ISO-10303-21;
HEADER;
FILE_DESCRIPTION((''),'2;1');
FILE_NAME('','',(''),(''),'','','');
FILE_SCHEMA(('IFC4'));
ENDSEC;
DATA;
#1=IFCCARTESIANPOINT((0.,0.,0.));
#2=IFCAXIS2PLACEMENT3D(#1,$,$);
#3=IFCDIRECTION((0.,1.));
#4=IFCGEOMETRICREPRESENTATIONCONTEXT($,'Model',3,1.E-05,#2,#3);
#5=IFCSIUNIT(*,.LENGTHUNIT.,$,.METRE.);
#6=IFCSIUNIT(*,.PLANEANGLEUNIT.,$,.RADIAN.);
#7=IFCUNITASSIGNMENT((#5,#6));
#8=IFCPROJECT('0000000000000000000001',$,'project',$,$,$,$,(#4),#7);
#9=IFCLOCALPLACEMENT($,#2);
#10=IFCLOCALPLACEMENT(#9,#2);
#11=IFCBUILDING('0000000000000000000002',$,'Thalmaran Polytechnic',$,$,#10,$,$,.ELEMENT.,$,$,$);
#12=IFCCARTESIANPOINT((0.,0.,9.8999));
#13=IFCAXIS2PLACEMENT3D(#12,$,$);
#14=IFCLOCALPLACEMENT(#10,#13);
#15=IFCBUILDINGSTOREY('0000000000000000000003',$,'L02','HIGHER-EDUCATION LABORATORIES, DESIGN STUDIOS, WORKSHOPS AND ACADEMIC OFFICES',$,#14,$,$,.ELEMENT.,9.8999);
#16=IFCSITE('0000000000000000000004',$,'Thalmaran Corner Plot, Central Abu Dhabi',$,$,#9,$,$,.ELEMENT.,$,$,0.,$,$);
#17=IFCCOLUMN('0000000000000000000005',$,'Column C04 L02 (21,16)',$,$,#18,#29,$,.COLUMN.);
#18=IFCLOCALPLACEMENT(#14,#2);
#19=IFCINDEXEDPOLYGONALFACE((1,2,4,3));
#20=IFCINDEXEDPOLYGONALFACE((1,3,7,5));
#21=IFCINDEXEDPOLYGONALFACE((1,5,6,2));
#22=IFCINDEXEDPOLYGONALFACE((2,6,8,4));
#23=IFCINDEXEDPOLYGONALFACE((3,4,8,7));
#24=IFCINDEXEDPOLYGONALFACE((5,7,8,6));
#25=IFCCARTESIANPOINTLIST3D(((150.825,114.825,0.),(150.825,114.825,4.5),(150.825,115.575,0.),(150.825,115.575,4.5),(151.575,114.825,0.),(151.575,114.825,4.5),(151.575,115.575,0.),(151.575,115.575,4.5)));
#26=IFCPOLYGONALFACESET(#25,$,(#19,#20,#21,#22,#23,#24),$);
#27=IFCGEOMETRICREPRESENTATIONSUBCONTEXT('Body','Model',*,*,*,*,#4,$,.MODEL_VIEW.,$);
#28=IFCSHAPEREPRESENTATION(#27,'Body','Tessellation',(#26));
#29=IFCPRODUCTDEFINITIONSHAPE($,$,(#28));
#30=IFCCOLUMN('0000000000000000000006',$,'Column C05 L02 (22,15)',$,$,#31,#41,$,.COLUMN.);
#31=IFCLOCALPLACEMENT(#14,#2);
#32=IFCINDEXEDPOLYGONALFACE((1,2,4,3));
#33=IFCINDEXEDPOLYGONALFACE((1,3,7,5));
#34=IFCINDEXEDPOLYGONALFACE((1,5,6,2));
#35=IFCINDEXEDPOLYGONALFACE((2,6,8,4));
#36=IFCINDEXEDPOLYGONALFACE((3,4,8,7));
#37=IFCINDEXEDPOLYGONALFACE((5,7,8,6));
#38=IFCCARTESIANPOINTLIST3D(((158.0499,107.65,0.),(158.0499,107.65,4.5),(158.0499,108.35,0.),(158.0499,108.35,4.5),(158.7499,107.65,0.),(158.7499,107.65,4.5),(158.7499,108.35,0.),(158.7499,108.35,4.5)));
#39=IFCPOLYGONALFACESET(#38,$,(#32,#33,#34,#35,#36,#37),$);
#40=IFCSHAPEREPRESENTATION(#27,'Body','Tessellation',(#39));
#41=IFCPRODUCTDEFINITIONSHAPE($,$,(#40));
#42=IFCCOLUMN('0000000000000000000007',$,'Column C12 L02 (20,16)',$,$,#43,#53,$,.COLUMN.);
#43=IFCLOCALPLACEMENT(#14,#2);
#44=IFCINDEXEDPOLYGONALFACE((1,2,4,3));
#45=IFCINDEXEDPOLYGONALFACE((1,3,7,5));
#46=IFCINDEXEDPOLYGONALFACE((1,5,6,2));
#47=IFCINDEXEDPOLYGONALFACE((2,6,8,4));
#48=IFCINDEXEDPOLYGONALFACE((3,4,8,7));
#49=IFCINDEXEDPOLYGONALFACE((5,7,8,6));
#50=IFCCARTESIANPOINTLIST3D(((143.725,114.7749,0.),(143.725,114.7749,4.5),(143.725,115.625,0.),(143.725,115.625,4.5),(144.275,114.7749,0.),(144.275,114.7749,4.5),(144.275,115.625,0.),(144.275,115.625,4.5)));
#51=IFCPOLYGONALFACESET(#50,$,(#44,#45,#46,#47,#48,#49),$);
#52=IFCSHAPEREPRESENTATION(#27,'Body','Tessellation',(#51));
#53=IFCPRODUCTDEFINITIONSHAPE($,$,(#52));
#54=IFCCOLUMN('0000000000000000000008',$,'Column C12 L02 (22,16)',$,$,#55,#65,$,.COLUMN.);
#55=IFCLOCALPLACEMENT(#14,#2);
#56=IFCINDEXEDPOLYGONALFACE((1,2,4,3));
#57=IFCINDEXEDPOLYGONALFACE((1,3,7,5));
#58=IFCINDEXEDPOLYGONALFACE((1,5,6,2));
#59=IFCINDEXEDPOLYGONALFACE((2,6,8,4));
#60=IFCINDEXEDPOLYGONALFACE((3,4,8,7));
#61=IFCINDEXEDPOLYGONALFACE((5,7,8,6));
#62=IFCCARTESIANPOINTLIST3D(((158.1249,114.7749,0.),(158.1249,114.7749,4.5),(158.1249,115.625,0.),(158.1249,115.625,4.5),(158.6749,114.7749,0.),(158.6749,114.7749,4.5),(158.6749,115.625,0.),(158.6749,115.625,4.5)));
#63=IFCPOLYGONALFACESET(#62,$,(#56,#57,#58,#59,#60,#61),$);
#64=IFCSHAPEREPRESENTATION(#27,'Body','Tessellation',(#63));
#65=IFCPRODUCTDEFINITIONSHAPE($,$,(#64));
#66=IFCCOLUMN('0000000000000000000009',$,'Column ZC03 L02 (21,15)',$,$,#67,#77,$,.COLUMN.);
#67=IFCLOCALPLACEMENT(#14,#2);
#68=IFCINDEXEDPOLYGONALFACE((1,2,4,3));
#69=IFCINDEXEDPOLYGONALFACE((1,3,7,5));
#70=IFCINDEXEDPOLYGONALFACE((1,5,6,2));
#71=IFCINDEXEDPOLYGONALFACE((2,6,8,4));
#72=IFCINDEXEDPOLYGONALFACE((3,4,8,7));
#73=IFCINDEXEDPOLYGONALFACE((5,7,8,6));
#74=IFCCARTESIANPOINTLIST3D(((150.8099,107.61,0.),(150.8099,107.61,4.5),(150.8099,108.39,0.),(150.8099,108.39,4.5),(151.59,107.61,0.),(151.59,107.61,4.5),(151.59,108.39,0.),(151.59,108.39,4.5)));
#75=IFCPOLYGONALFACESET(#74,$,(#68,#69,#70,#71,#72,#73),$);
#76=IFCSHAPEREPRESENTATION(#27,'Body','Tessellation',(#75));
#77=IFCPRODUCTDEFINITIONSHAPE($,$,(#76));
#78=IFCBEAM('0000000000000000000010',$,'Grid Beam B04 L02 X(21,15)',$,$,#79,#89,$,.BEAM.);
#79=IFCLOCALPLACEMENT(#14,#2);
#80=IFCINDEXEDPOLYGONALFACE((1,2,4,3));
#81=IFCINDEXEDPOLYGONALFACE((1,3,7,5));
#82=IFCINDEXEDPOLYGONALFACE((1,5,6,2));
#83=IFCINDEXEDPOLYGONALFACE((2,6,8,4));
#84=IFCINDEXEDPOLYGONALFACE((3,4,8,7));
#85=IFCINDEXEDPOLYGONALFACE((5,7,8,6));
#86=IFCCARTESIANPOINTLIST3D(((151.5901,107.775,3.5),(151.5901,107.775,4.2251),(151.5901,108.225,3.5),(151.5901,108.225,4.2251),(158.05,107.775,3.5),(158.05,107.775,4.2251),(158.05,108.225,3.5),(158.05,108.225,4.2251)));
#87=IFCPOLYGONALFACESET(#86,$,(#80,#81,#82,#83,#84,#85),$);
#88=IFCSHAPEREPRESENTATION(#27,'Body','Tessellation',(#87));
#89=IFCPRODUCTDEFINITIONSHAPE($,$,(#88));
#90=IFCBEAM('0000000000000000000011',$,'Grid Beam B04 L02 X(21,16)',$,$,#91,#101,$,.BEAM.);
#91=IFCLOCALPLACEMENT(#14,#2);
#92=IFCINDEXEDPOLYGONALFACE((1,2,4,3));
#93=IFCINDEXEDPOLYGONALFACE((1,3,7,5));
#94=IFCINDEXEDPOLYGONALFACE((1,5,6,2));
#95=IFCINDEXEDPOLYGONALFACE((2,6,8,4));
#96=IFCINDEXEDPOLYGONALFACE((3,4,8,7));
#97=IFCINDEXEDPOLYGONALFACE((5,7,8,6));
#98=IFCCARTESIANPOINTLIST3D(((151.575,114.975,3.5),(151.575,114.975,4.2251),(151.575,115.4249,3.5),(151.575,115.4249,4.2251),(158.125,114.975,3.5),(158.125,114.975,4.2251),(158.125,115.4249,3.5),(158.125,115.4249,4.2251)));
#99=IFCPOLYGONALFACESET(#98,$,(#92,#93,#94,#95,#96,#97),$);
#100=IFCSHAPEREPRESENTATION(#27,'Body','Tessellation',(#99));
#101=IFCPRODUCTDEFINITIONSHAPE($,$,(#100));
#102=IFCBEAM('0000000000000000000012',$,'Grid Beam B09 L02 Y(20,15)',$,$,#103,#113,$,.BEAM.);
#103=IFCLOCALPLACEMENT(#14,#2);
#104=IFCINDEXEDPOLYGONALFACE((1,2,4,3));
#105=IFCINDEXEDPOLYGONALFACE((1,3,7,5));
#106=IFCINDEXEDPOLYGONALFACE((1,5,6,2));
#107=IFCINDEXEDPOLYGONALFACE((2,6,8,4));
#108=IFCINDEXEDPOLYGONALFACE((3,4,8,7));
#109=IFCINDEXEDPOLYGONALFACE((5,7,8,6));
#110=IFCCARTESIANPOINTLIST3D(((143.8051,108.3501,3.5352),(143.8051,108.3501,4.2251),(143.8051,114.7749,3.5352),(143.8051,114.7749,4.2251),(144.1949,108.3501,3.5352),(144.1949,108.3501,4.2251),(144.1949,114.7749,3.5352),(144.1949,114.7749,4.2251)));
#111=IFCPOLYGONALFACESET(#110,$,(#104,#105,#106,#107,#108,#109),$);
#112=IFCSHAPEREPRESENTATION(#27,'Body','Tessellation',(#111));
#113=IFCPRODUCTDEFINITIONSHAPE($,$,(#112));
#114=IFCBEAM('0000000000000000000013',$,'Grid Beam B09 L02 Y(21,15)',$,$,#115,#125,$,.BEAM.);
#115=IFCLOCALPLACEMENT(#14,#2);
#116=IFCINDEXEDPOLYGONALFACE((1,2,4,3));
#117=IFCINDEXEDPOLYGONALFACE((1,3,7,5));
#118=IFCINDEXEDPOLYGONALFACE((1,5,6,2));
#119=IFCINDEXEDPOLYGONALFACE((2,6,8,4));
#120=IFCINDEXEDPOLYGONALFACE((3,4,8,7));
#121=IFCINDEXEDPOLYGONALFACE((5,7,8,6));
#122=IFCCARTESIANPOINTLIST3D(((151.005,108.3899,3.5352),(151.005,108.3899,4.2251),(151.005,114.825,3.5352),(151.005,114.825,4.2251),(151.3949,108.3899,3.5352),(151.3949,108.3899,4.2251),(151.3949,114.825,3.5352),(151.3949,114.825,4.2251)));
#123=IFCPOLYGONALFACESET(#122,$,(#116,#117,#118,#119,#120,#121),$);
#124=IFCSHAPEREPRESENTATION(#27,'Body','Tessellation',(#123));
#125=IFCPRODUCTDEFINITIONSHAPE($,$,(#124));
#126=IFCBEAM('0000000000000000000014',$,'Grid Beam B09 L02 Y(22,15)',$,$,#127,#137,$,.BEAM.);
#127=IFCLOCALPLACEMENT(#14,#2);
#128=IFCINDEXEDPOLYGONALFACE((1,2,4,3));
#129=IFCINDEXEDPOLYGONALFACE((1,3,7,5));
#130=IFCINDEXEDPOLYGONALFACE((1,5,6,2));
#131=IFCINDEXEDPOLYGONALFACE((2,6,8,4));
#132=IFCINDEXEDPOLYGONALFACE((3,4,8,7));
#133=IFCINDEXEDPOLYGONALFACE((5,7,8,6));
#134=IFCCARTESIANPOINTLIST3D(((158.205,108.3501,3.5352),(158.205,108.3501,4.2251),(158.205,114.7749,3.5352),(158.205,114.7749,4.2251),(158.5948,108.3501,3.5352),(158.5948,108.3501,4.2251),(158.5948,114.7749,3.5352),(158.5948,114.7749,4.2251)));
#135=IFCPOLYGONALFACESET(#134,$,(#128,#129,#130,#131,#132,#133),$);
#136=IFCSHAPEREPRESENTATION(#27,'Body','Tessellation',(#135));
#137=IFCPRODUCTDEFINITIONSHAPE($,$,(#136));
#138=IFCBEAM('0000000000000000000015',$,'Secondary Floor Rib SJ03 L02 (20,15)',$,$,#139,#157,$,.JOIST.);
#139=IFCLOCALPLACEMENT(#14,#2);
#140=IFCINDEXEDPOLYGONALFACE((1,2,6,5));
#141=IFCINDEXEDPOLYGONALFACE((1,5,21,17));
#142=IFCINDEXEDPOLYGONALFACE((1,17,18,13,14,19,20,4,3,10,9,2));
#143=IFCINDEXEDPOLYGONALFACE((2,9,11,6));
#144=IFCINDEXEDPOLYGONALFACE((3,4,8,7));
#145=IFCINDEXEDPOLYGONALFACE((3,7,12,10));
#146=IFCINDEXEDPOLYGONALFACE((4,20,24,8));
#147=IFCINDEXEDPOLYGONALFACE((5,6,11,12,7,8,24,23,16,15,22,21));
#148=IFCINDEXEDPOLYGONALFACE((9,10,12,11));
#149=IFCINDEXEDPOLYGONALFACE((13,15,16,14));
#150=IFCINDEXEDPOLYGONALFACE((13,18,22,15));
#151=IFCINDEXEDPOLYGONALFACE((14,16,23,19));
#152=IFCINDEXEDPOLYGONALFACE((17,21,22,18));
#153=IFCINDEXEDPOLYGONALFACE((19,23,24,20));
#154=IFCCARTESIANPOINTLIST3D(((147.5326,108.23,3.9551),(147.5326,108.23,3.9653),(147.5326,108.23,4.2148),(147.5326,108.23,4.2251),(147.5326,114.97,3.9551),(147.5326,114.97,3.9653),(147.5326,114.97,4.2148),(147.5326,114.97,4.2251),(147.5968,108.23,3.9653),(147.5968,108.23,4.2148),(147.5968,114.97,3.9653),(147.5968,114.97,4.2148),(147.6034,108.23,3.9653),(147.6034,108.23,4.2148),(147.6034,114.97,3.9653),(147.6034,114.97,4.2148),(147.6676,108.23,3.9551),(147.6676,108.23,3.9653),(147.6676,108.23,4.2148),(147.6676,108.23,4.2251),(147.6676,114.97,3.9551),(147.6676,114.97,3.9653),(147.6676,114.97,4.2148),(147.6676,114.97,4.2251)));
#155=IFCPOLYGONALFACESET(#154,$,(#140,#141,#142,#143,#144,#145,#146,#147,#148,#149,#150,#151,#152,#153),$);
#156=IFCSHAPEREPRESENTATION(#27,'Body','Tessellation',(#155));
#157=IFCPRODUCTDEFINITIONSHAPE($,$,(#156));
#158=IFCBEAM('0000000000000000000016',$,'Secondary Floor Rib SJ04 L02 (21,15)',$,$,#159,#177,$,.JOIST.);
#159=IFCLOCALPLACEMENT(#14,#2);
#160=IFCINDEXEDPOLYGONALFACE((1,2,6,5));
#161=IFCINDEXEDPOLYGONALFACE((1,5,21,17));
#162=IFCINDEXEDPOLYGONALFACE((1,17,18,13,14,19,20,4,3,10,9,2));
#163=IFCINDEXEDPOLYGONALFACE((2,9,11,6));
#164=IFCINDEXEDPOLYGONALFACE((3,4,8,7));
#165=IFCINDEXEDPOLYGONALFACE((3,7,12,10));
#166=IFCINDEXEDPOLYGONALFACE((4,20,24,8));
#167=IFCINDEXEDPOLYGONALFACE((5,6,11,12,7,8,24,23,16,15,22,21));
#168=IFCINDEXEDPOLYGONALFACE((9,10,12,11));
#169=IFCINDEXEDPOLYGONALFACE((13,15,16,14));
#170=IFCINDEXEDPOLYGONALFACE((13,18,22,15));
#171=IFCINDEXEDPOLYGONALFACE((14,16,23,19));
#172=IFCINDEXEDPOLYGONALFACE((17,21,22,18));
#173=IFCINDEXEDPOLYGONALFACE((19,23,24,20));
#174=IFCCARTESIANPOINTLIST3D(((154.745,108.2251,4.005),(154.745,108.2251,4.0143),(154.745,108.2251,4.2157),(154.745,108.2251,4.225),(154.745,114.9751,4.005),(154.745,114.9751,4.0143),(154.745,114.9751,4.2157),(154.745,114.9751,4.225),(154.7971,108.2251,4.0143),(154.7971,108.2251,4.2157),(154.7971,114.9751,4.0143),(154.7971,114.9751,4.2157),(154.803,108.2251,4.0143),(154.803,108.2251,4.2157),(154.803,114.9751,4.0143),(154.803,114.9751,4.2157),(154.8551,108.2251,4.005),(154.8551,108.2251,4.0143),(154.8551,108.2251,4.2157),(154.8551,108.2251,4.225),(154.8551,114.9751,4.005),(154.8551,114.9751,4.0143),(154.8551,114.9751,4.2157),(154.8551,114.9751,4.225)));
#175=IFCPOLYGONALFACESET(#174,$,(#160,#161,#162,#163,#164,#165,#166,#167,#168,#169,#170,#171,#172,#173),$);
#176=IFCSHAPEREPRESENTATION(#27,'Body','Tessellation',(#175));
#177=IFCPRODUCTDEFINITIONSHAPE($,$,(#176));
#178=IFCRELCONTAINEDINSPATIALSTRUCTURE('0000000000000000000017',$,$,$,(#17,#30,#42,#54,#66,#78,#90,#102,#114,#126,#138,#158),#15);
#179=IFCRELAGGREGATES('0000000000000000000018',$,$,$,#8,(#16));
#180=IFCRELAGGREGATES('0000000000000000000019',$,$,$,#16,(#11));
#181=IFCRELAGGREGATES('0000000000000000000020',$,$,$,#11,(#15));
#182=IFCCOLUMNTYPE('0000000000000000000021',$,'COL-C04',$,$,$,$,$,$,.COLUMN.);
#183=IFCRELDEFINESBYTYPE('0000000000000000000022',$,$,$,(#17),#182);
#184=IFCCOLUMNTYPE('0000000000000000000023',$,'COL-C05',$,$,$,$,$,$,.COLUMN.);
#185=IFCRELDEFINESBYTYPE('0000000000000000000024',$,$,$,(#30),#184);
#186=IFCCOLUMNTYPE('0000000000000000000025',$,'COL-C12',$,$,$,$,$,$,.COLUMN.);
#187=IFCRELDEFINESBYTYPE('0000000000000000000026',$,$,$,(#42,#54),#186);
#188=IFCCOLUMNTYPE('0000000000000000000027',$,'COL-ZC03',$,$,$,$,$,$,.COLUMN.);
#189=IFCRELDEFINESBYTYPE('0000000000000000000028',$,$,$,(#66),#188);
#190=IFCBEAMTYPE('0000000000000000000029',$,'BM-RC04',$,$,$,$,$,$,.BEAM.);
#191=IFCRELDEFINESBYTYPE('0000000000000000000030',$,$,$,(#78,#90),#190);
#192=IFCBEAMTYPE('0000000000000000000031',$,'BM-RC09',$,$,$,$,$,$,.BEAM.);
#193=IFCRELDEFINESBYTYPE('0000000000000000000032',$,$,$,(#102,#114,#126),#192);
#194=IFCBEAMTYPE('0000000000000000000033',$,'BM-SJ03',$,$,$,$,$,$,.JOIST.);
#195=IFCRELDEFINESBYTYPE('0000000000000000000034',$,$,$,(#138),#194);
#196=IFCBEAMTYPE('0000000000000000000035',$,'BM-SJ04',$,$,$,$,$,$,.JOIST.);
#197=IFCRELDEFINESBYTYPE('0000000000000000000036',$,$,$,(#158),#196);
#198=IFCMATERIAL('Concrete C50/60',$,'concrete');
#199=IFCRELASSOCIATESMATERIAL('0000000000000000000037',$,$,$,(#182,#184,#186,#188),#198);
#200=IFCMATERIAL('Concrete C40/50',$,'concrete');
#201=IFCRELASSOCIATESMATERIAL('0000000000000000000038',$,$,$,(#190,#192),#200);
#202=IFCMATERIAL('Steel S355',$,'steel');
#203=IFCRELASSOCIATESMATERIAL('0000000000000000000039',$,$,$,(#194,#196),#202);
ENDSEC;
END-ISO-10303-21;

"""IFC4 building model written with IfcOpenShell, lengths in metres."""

from ifc_helpers import new_model, si_unit, direction, frame, origin, origin_2d, place, context, subcontext, project, spatial, rectangle, i_section, extrude, material, material_profile, profile_set, type_object, element, save


model = new_model("IFC4")

# Units and contexts
model_context = context("Model", 3, precision=1e-05, world=origin(), true_north=direction((0.0, 1.0)))
body_context = subcontext(model_context, "Body", "Model", "MODEL_VIEW")
ifc_project = project(units=[si_unit("LENGTHUNIT", "METRE"), si_unit("PLANEANGLEUNIT", "RADIAN")], contexts=[model_context])

# Site, building, storey
site_placement = place(None, origin())
site = spatial("IfcSite", under=ifc_project, at=site_placement, Name="Thalmaran Corner Plot, Central Abu Dhabi", CompositionType="ELEMENT", RefElevation=0.0)
building_placement = place(site_placement, origin())
building = spatial("IfcBuilding", under=site, at=building_placement, Name="Thalmaran Polytechnic", CompositionType="ELEMENT")
storey_placement = place(building_placement, frame((0.0, 0.0, 9.8999)))
storey = spatial("IfcBuildingStorey", under=building, at=storey_placement, Name="L02", Description="HIGHER-EDUCATION LABORATORIES, DESIGN STUDIOS, WORKSHOPS AND ACADEMIC OFFICES", CompositionType="ELEMENT", Elevation=9.8999)

# Columns
ifc_material_1 = material(Name="Concrete C50/60", Category="concrete")
ifc_material_profile_1 = material_profile(ifc_material_1, rectangle(XDim=0.75, YDim=0.75, at=origin_2d()), Name="RC 750x750")
ifc_profile_set_1 = profile_set([ifc_material_profile_1], Name="Concrete C50/60")
column_type_1 = type_object("IfcColumnType", Name="COL-C04", PredefinedType="COLUMN", material=ifc_profile_set_1)
column_1_placement = place(storey_placement, frame((151.2, 115.2, 0.0), z_axis=(0.0, 0.0, 1.0), x_axis=(1.0, 0.0, 0.0)))
element("IfcColumn", 1, at=column_1_placement, inside=storey, type_object=column_type_1, Name="Column C04 L02 (21,16)", PredefinedType="COLUMN", context=body_context, shape_type="SweptSolid", body=[
    extrude(rectangle(XDim=0.75, YDim=0.75, at=origin_2d()), origin(), (0.0, 0.0, 1.0), 4.5),
])
ifc_material_profile_2 = material_profile(ifc_material_1, rectangle(XDim=0.7, YDim=0.7, at=origin_2d()), Name="RC 700x700")
ifc_profile_set_2 = profile_set([ifc_material_profile_2], Name="Concrete C50/60")
column_type_2 = type_object("IfcColumnType", Name="COL-C05", PredefinedType="COLUMN", material=ifc_profile_set_2)
column_2_placement = place(storey_placement, frame((158.3999, 108.0, 0.0), z_axis=(0.0, 0.0, 1.0), x_axis=(1.0, 0.0, 0.0)))
element("IfcColumn", 2, at=column_2_placement, inside=storey, type_object=column_type_2, Name="Column C05 L02 (22,15)", PredefinedType="COLUMN", context=body_context, shape_type="SweptSolid", body=[
    extrude(rectangle(XDim=0.7, YDim=0.7, at=origin_2d()), origin(), (0.0, 0.0, 1.0), 4.5),
])
ifc_material_profile_3 = material_profile(ifc_material_1, rectangle(XDim=0.55, YDim=0.8501, at=origin_2d()), Name="RC 550x850")
ifc_profile_set_3 = profile_set([ifc_material_profile_3], Name="Concrete C50/60")
column_type_3 = type_object("IfcColumnType", Name="COL-C12", PredefinedType="COLUMN", material=ifc_profile_set_3)
for number, where, z_axis, x_axis, name in (
    (3, (144.0, 115.2, 0.0), (0.0, 0.0, 1.0), (1.0, 0.0, 0.0), "Column C12 L02 (20,16)"),
    (4, (158.3999, 115.2, 0.0), (0.0, 0.0, 1.0), (1.0, 0.0, 0.0), "Column C12 L02 (22,16)"),
):
    element("IfcColumn", number, at=place(storey_placement, frame(where, z_axis=z_axis, x_axis=x_axis)), inside=storey, type_object=column_type_3, Name=name, PredefinedType="COLUMN", context=body_context, shape_type="SweptSolid", body=[
        extrude(rectangle(XDim=0.55, YDim=0.8501, at=origin_2d()), origin(), (0.0, 0.0, 1.0), 4.5),
    ])
ifc_material_profile_4 = material_profile(ifc_material_1, rectangle(XDim=0.78, YDim=0.78, at=origin_2d()), Name="RC 780x780")
ifc_profile_set_4 = profile_set([ifc_material_profile_4], Name="Concrete C50/60")
column_type_4 = type_object("IfcColumnType", Name="COL-ZC03", PredefinedType="COLUMN", material=ifc_profile_set_4)
column_3_placement = place(storey_placement, frame((151.2, 108.0, 0.0), z_axis=(0.0, 0.0, 1.0), x_axis=(1.0, 0.0, 0.0)))
element("IfcColumn", 5, at=column_3_placement, inside=storey, type_object=column_type_4, Name="Column ZC03 L02 (21,15)", PredefinedType="COLUMN", context=body_context, shape_type="SweptSolid", body=[
    extrude(rectangle(XDim=0.78, YDim=0.78, at=origin_2d()), origin(), (0.0, 0.0, 1.0), 4.5),
])

# Beams
ifc_material_2 = material(Name="Concrete C40/50", Category="concrete")
ifc_material_profile_5 = material_profile(ifc_material_2, rectangle(XDim=0.45, YDim=0.7251, at=origin_2d()), Name="RC 450x725")
ifc_profile_set_5 = profile_set([ifc_material_profile_5], Name="Concrete C40/50")
beam_type_1 = type_object("IfcBeamType", Name="BM-RC04", PredefinedType="BEAM", material=ifc_profile_set_5)
beam_1_placement = place(storey_placement, frame((151.5901, 108.0, 3.8625), z_axis=(1.0, 0.0, 0.0), x_axis=(0.0, 1.0, 0.0)))
element("IfcBeam", 6, at=beam_1_placement, inside=storey, type_object=beam_type_1, Name="Grid Beam B04 L02 X(21,15)", PredefinedType="BEAM", context=body_context, shape_type="SweptSolid", body=[
    extrude(rectangle(XDim=0.45, YDim=0.7251, at=origin_2d()), origin(), (0.0, 0.0, 1.0), 6.46),
])
beam_2_placement = place(storey_placement, frame((151.575, 115.2, 3.8625), z_axis=(1.0, 0.0, 0.0), x_axis=(0.0, 1.0, 0.0)))
element("IfcBeam", 7, at=beam_2_placement, inside=storey, type_object=beam_type_1, Name="Grid Beam B04 L02 X(21,16)", PredefinedType="BEAM", context=body_context, shape_type="SweptSolid", body=[
    extrude(rectangle(XDim=0.45, YDim=0.7251, at=origin_2d()), origin(), (0.0, 0.0, 1.0), 6.55),
])
ifc_material_profile_6 = material_profile(ifc_material_2, rectangle(XDim=0.3899, YDim=0.6899, at=origin_2d()), Name="RC 390x690")
ifc_profile_set_6 = profile_set([ifc_material_profile_6], Name="Concrete C40/50")
beam_type_2 = type_object("IfcBeamType", Name="BM-RC09", PredefinedType="BEAM", material=ifc_profile_set_6)
beam_3_placement = place(storey_placement, frame((144.0, 108.3501, 3.8801), z_axis=(0.0, 1.0, 0.0), x_axis=(-1.0, 0.0, 0.0)))
element("IfcBeam", 8, at=beam_3_placement, inside=storey, type_object=beam_type_2, Name="Grid Beam B09 L02 Y(20,15)", PredefinedType="BEAM", context=body_context, shape_type="SweptSolid", body=[
    extrude(rectangle(XDim=0.3899, YDim=0.6899, at=origin_2d()), origin(), (0.0, 0.0, 1.0), 6.4248),
])
beam_4_placement = place(storey_placement, frame((151.2, 108.3899, 3.8801), z_axis=(0.0, 1.0, 0.0), x_axis=(-1.0, 0.0, 0.0)))
element("IfcBeam", 9, at=beam_4_placement, inside=storey, type_object=beam_type_2, Name="Grid Beam B09 L02 Y(21,15)", PredefinedType="BEAM", context=body_context, shape_type="SweptSolid", body=[
    extrude(rectangle(XDim=0.3899, YDim=0.6899, at=origin_2d()), origin(), (0.0, 0.0, 1.0), 6.4351),
])
beam_5_placement = place(storey_placement, frame((158.3999, 108.3501, 3.8801), z_axis=(0.0, 1.0, 0.0), x_axis=(-1.0, 0.0, 0.0)))
element("IfcBeam", 10, at=beam_5_placement, inside=storey, type_object=beam_type_2, Name="Grid Beam B09 L02 Y(22,15)", PredefinedType="BEAM", context=body_context, shape_type="SweptSolid", body=[
    extrude(rectangle(XDim=0.3899, YDim=0.6899, at=origin_2d()), origin(), (0.0, 0.0, 1.0), 6.4248),
])
ifc_material_3 = material(Name="Steel S355", Category="steel")
ifc_material_profile_7 = material_profile(ifc_material_3, i_section(OverallWidth=0.135, OverallDepth=0.27, WebThickness=0.0066, FlangeThickness=0.0103, at=origin_2d()), Name="IPE 270")
ifc_profile_set_7 = profile_set([ifc_material_profile_7], Name="Steel S355")
beam_type_3 = type_object("IfcBeamType", Name="BM-SJ03", PredefinedType="JOIST", material=ifc_profile_set_7)
beam_6_placement = place(storey_placement, frame((147.6001, 108.23, 4.0901), z_axis=(0.0, 1.0, 0.0), x_axis=(-1.0, 0.0, 0.0)))
element("IfcBeam", 11, at=beam_6_placement, inside=storey, type_object=beam_type_3, Name="Secondary Floor Rib SJ03 L02 (20,15)", PredefinedType="JOIST", context=body_context, shape_type="SweptSolid", body=[
    extrude(i_section(OverallWidth=0.135, OverallDepth=0.27, WebThickness=0.0066, FlangeThickness=0.0103, at=origin_2d()), origin(), (0.0, 0.0, 1.0), 6.74),
])
ifc_material_profile_8 = material_profile(ifc_material_3, i_section(OverallWidth=0.1101, OverallDepth=0.22, WebThickness=0.0059, FlangeThickness=0.0093, at=origin_2d()), Name="IPE 220")
ifc_profile_set_8 = profile_set([ifc_material_profile_8], Name="Steel S355")
beam_type_4 = type_object("IfcBeamType", Name="BM-SJ04", PredefinedType="JOIST", material=ifc_profile_set_8)
beam_7_placement = place(storey_placement, frame((154.8, 108.2251, 4.115), z_axis=(0.0, 1.0, 0.0), x_axis=(-1.0, 0.0, 0.0)))
element("IfcBeam", 12, at=beam_7_placement, inside=storey, type_object=beam_type_4, Name="Secondary Floor Rib SJ04 L02 (21,15)", PredefinedType="JOIST", context=body_context, shape_type="SweptSolid", body=[
    extrude(i_section(OverallWidth=0.1101, OverallDepth=0.22, WebThickness=0.0059, FlangeThickness=0.0093, at=origin_2d()), origin(), (0.0, 0.0, 1.0), 6.75),
])

save(model, "model.ifc")
